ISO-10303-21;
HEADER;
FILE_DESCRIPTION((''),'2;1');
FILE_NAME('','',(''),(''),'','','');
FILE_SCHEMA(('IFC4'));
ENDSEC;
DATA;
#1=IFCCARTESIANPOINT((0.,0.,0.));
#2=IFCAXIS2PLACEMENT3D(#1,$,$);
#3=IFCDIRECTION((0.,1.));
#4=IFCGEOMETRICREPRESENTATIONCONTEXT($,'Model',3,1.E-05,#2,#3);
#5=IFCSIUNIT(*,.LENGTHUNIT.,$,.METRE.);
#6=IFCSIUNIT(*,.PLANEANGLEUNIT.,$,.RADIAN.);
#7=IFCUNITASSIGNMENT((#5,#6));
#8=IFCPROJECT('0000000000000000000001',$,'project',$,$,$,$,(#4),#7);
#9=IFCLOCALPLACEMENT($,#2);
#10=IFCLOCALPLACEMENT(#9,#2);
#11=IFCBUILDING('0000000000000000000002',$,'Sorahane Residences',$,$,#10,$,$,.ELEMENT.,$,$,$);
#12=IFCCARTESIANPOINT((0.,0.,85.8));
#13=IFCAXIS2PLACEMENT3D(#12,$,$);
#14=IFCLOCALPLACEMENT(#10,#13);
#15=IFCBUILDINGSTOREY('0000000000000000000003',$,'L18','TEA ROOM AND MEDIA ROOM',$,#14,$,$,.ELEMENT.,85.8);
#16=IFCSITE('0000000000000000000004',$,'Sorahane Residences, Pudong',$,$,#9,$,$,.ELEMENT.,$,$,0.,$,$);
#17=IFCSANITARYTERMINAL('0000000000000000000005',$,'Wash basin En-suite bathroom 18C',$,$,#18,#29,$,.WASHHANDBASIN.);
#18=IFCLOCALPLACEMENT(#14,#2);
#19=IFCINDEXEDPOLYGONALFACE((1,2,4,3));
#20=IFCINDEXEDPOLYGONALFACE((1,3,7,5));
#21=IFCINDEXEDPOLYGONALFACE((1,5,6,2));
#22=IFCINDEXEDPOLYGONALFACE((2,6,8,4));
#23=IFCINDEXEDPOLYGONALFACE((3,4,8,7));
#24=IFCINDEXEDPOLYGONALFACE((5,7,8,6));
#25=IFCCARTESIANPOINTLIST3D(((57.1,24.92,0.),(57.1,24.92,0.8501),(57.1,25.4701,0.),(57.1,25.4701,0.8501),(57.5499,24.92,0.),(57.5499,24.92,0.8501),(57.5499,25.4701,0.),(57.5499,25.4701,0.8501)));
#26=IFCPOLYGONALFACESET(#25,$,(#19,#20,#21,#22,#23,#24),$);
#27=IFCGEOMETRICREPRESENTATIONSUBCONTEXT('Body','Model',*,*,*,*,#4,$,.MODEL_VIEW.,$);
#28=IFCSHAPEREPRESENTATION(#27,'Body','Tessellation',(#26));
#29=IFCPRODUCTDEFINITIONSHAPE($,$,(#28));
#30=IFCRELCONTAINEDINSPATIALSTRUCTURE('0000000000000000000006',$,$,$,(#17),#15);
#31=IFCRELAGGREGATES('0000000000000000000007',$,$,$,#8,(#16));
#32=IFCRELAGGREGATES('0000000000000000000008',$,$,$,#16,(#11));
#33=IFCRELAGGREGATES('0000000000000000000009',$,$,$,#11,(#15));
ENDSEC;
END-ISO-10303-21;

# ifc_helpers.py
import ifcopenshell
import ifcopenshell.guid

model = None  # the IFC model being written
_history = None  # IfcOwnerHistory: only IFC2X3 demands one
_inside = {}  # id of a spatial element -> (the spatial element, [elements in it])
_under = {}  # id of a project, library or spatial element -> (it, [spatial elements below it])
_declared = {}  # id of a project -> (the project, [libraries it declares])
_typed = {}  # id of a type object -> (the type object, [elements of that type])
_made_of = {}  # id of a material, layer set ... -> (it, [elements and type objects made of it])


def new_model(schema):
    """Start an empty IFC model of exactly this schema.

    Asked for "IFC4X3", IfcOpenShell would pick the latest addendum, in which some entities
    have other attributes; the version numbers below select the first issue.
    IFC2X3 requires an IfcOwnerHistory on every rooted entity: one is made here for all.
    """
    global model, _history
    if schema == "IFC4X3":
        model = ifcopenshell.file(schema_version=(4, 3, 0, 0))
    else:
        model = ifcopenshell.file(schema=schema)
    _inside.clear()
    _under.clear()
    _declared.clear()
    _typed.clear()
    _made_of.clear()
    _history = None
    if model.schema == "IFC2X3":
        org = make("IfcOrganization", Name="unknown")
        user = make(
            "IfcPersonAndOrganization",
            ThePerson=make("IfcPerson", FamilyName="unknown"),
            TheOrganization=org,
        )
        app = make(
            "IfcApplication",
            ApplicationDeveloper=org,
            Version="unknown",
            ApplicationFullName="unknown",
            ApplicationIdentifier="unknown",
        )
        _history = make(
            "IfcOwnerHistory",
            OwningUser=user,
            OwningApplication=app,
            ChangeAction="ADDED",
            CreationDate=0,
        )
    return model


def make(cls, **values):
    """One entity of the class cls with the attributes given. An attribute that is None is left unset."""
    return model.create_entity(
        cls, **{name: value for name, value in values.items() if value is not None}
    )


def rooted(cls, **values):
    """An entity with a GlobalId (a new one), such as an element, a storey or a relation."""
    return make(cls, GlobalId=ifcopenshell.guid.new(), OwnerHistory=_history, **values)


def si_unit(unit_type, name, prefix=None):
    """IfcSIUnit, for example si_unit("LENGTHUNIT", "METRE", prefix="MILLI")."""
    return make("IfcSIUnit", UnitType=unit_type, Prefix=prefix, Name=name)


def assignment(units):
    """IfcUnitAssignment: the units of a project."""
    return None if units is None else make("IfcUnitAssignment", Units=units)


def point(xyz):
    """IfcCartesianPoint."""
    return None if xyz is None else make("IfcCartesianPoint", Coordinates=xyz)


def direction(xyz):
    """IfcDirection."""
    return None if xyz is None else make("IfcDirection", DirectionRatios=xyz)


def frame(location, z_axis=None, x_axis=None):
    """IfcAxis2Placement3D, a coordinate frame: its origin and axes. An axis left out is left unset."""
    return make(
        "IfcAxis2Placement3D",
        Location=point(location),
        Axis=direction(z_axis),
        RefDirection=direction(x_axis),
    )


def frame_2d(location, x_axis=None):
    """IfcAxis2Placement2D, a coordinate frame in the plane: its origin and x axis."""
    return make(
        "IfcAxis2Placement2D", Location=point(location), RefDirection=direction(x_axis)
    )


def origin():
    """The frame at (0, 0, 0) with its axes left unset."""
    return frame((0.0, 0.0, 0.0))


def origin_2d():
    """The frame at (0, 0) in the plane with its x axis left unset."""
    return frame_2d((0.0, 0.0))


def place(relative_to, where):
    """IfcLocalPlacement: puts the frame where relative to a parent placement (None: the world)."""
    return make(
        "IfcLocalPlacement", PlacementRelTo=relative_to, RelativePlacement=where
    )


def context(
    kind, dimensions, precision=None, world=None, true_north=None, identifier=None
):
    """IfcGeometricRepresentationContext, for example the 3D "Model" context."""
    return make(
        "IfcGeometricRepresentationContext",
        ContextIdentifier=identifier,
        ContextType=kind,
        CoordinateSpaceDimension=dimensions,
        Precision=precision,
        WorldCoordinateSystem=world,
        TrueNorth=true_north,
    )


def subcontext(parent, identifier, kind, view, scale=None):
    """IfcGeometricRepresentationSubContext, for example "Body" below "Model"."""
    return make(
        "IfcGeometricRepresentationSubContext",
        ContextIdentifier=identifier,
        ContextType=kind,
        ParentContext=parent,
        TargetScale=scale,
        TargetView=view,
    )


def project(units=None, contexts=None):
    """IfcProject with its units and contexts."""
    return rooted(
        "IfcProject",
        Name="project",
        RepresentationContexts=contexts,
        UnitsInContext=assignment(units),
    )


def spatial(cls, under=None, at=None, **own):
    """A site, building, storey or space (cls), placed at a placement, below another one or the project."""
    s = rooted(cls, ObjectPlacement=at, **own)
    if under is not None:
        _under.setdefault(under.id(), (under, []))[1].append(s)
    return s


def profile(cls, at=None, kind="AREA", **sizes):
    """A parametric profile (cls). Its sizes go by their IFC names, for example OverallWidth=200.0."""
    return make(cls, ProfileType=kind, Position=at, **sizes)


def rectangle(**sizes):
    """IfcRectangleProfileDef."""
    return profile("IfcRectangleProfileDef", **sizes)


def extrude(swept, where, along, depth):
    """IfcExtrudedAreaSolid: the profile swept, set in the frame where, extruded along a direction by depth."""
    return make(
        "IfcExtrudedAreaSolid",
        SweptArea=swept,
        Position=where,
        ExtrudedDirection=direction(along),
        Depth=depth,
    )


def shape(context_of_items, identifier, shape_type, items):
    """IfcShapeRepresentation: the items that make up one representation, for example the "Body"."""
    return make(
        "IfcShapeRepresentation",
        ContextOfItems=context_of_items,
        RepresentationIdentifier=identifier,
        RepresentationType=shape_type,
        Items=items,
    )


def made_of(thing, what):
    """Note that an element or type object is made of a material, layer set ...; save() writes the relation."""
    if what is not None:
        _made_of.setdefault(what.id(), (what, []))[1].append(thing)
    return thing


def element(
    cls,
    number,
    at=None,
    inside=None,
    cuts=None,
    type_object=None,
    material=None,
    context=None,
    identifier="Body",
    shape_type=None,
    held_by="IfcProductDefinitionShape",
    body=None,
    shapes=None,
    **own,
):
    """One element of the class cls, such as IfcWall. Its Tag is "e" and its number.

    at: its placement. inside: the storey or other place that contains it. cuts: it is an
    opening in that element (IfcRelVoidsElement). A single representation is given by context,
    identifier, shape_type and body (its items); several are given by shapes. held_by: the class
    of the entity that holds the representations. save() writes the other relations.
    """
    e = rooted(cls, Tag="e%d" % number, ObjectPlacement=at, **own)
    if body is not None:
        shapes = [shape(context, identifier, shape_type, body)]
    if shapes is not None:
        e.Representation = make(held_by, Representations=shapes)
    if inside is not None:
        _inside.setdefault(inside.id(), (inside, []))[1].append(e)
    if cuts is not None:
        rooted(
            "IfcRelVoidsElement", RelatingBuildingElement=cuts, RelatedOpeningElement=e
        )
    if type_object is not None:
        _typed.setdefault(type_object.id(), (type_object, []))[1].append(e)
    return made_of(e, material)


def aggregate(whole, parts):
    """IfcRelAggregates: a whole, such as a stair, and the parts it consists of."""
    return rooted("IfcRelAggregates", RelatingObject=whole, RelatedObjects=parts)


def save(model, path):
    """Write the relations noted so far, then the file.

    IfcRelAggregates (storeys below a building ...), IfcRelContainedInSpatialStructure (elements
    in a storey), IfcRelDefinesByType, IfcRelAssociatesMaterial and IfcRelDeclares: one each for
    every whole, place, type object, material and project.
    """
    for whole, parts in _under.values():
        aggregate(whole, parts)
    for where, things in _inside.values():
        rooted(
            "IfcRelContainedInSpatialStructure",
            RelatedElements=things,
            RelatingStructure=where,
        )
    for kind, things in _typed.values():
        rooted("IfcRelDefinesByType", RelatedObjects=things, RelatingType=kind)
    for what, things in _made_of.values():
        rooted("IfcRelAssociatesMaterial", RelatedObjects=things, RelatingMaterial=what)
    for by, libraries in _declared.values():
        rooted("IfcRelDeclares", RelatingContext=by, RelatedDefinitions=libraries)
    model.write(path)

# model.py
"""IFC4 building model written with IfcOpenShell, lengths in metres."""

from ifc_helpers import new_model, si_unit, direction, frame, origin, origin_2d, place, context, subcontext, project, spatial, rectangle, extrude, element, save


model = new_model("IFC4")

# Units and contexts
model_context = context("Model", 3, precision=1e-05, world=origin(), true_north=direction((0.0, 1.0)))
body_context = subcontext(model_context, "Body", "Model", "MODEL_VIEW")
ifc_project = project(units=[si_unit("LENGTHUNIT", "METRE"), si_unit("PLANEANGLEUNIT", "RADIAN")], contexts=[model_context])

# Site, building, storey
site_placement = place(None, origin())
site = spatial("IfcSite", under=ifc_project, at=site_placement, Name="Sorahane Residences, Pudong", CompositionType="ELEMENT", RefElevation=0.0)
building_placement = place(site_placement, origin())
building = spatial("IfcBuilding", under=site, at=building_placement, Name="Sorahane Residences", CompositionType="ELEMENT")
storey_placement = place(building_placement, frame((0.0, 0.0, 85.8)))
storey = spatial("IfcBuildingStorey", under=building, at=storey_placement, Name="L18", Description="TEA ROOM AND MEDIA ROOM", CompositionType="ELEMENT", Elevation=85.8)

# Sanitary terminal
sanitary_terminal_1_placement = place(storey_placement, frame((57.325, 25.1951, 0.0), z_axis=(0.0, 0.0, 1.0), x_axis=(0.0, 1.0, 0.0)))
element("IfcSanitaryTerminal", 1, at=sanitary_terminal_1_placement, inside=storey, Name="Wash basin En-suite bathroom 18C", PredefinedType="WASHHANDBASIN", context=body_context, shape_type="SweptSolid", body=[
    extrude(rectangle(XDim=0.55, YDim=0.45, at=origin_2d()), origin(), (0.0, 0.0, 1.0), 0.8501),
])

save(model, "model.ifc")
